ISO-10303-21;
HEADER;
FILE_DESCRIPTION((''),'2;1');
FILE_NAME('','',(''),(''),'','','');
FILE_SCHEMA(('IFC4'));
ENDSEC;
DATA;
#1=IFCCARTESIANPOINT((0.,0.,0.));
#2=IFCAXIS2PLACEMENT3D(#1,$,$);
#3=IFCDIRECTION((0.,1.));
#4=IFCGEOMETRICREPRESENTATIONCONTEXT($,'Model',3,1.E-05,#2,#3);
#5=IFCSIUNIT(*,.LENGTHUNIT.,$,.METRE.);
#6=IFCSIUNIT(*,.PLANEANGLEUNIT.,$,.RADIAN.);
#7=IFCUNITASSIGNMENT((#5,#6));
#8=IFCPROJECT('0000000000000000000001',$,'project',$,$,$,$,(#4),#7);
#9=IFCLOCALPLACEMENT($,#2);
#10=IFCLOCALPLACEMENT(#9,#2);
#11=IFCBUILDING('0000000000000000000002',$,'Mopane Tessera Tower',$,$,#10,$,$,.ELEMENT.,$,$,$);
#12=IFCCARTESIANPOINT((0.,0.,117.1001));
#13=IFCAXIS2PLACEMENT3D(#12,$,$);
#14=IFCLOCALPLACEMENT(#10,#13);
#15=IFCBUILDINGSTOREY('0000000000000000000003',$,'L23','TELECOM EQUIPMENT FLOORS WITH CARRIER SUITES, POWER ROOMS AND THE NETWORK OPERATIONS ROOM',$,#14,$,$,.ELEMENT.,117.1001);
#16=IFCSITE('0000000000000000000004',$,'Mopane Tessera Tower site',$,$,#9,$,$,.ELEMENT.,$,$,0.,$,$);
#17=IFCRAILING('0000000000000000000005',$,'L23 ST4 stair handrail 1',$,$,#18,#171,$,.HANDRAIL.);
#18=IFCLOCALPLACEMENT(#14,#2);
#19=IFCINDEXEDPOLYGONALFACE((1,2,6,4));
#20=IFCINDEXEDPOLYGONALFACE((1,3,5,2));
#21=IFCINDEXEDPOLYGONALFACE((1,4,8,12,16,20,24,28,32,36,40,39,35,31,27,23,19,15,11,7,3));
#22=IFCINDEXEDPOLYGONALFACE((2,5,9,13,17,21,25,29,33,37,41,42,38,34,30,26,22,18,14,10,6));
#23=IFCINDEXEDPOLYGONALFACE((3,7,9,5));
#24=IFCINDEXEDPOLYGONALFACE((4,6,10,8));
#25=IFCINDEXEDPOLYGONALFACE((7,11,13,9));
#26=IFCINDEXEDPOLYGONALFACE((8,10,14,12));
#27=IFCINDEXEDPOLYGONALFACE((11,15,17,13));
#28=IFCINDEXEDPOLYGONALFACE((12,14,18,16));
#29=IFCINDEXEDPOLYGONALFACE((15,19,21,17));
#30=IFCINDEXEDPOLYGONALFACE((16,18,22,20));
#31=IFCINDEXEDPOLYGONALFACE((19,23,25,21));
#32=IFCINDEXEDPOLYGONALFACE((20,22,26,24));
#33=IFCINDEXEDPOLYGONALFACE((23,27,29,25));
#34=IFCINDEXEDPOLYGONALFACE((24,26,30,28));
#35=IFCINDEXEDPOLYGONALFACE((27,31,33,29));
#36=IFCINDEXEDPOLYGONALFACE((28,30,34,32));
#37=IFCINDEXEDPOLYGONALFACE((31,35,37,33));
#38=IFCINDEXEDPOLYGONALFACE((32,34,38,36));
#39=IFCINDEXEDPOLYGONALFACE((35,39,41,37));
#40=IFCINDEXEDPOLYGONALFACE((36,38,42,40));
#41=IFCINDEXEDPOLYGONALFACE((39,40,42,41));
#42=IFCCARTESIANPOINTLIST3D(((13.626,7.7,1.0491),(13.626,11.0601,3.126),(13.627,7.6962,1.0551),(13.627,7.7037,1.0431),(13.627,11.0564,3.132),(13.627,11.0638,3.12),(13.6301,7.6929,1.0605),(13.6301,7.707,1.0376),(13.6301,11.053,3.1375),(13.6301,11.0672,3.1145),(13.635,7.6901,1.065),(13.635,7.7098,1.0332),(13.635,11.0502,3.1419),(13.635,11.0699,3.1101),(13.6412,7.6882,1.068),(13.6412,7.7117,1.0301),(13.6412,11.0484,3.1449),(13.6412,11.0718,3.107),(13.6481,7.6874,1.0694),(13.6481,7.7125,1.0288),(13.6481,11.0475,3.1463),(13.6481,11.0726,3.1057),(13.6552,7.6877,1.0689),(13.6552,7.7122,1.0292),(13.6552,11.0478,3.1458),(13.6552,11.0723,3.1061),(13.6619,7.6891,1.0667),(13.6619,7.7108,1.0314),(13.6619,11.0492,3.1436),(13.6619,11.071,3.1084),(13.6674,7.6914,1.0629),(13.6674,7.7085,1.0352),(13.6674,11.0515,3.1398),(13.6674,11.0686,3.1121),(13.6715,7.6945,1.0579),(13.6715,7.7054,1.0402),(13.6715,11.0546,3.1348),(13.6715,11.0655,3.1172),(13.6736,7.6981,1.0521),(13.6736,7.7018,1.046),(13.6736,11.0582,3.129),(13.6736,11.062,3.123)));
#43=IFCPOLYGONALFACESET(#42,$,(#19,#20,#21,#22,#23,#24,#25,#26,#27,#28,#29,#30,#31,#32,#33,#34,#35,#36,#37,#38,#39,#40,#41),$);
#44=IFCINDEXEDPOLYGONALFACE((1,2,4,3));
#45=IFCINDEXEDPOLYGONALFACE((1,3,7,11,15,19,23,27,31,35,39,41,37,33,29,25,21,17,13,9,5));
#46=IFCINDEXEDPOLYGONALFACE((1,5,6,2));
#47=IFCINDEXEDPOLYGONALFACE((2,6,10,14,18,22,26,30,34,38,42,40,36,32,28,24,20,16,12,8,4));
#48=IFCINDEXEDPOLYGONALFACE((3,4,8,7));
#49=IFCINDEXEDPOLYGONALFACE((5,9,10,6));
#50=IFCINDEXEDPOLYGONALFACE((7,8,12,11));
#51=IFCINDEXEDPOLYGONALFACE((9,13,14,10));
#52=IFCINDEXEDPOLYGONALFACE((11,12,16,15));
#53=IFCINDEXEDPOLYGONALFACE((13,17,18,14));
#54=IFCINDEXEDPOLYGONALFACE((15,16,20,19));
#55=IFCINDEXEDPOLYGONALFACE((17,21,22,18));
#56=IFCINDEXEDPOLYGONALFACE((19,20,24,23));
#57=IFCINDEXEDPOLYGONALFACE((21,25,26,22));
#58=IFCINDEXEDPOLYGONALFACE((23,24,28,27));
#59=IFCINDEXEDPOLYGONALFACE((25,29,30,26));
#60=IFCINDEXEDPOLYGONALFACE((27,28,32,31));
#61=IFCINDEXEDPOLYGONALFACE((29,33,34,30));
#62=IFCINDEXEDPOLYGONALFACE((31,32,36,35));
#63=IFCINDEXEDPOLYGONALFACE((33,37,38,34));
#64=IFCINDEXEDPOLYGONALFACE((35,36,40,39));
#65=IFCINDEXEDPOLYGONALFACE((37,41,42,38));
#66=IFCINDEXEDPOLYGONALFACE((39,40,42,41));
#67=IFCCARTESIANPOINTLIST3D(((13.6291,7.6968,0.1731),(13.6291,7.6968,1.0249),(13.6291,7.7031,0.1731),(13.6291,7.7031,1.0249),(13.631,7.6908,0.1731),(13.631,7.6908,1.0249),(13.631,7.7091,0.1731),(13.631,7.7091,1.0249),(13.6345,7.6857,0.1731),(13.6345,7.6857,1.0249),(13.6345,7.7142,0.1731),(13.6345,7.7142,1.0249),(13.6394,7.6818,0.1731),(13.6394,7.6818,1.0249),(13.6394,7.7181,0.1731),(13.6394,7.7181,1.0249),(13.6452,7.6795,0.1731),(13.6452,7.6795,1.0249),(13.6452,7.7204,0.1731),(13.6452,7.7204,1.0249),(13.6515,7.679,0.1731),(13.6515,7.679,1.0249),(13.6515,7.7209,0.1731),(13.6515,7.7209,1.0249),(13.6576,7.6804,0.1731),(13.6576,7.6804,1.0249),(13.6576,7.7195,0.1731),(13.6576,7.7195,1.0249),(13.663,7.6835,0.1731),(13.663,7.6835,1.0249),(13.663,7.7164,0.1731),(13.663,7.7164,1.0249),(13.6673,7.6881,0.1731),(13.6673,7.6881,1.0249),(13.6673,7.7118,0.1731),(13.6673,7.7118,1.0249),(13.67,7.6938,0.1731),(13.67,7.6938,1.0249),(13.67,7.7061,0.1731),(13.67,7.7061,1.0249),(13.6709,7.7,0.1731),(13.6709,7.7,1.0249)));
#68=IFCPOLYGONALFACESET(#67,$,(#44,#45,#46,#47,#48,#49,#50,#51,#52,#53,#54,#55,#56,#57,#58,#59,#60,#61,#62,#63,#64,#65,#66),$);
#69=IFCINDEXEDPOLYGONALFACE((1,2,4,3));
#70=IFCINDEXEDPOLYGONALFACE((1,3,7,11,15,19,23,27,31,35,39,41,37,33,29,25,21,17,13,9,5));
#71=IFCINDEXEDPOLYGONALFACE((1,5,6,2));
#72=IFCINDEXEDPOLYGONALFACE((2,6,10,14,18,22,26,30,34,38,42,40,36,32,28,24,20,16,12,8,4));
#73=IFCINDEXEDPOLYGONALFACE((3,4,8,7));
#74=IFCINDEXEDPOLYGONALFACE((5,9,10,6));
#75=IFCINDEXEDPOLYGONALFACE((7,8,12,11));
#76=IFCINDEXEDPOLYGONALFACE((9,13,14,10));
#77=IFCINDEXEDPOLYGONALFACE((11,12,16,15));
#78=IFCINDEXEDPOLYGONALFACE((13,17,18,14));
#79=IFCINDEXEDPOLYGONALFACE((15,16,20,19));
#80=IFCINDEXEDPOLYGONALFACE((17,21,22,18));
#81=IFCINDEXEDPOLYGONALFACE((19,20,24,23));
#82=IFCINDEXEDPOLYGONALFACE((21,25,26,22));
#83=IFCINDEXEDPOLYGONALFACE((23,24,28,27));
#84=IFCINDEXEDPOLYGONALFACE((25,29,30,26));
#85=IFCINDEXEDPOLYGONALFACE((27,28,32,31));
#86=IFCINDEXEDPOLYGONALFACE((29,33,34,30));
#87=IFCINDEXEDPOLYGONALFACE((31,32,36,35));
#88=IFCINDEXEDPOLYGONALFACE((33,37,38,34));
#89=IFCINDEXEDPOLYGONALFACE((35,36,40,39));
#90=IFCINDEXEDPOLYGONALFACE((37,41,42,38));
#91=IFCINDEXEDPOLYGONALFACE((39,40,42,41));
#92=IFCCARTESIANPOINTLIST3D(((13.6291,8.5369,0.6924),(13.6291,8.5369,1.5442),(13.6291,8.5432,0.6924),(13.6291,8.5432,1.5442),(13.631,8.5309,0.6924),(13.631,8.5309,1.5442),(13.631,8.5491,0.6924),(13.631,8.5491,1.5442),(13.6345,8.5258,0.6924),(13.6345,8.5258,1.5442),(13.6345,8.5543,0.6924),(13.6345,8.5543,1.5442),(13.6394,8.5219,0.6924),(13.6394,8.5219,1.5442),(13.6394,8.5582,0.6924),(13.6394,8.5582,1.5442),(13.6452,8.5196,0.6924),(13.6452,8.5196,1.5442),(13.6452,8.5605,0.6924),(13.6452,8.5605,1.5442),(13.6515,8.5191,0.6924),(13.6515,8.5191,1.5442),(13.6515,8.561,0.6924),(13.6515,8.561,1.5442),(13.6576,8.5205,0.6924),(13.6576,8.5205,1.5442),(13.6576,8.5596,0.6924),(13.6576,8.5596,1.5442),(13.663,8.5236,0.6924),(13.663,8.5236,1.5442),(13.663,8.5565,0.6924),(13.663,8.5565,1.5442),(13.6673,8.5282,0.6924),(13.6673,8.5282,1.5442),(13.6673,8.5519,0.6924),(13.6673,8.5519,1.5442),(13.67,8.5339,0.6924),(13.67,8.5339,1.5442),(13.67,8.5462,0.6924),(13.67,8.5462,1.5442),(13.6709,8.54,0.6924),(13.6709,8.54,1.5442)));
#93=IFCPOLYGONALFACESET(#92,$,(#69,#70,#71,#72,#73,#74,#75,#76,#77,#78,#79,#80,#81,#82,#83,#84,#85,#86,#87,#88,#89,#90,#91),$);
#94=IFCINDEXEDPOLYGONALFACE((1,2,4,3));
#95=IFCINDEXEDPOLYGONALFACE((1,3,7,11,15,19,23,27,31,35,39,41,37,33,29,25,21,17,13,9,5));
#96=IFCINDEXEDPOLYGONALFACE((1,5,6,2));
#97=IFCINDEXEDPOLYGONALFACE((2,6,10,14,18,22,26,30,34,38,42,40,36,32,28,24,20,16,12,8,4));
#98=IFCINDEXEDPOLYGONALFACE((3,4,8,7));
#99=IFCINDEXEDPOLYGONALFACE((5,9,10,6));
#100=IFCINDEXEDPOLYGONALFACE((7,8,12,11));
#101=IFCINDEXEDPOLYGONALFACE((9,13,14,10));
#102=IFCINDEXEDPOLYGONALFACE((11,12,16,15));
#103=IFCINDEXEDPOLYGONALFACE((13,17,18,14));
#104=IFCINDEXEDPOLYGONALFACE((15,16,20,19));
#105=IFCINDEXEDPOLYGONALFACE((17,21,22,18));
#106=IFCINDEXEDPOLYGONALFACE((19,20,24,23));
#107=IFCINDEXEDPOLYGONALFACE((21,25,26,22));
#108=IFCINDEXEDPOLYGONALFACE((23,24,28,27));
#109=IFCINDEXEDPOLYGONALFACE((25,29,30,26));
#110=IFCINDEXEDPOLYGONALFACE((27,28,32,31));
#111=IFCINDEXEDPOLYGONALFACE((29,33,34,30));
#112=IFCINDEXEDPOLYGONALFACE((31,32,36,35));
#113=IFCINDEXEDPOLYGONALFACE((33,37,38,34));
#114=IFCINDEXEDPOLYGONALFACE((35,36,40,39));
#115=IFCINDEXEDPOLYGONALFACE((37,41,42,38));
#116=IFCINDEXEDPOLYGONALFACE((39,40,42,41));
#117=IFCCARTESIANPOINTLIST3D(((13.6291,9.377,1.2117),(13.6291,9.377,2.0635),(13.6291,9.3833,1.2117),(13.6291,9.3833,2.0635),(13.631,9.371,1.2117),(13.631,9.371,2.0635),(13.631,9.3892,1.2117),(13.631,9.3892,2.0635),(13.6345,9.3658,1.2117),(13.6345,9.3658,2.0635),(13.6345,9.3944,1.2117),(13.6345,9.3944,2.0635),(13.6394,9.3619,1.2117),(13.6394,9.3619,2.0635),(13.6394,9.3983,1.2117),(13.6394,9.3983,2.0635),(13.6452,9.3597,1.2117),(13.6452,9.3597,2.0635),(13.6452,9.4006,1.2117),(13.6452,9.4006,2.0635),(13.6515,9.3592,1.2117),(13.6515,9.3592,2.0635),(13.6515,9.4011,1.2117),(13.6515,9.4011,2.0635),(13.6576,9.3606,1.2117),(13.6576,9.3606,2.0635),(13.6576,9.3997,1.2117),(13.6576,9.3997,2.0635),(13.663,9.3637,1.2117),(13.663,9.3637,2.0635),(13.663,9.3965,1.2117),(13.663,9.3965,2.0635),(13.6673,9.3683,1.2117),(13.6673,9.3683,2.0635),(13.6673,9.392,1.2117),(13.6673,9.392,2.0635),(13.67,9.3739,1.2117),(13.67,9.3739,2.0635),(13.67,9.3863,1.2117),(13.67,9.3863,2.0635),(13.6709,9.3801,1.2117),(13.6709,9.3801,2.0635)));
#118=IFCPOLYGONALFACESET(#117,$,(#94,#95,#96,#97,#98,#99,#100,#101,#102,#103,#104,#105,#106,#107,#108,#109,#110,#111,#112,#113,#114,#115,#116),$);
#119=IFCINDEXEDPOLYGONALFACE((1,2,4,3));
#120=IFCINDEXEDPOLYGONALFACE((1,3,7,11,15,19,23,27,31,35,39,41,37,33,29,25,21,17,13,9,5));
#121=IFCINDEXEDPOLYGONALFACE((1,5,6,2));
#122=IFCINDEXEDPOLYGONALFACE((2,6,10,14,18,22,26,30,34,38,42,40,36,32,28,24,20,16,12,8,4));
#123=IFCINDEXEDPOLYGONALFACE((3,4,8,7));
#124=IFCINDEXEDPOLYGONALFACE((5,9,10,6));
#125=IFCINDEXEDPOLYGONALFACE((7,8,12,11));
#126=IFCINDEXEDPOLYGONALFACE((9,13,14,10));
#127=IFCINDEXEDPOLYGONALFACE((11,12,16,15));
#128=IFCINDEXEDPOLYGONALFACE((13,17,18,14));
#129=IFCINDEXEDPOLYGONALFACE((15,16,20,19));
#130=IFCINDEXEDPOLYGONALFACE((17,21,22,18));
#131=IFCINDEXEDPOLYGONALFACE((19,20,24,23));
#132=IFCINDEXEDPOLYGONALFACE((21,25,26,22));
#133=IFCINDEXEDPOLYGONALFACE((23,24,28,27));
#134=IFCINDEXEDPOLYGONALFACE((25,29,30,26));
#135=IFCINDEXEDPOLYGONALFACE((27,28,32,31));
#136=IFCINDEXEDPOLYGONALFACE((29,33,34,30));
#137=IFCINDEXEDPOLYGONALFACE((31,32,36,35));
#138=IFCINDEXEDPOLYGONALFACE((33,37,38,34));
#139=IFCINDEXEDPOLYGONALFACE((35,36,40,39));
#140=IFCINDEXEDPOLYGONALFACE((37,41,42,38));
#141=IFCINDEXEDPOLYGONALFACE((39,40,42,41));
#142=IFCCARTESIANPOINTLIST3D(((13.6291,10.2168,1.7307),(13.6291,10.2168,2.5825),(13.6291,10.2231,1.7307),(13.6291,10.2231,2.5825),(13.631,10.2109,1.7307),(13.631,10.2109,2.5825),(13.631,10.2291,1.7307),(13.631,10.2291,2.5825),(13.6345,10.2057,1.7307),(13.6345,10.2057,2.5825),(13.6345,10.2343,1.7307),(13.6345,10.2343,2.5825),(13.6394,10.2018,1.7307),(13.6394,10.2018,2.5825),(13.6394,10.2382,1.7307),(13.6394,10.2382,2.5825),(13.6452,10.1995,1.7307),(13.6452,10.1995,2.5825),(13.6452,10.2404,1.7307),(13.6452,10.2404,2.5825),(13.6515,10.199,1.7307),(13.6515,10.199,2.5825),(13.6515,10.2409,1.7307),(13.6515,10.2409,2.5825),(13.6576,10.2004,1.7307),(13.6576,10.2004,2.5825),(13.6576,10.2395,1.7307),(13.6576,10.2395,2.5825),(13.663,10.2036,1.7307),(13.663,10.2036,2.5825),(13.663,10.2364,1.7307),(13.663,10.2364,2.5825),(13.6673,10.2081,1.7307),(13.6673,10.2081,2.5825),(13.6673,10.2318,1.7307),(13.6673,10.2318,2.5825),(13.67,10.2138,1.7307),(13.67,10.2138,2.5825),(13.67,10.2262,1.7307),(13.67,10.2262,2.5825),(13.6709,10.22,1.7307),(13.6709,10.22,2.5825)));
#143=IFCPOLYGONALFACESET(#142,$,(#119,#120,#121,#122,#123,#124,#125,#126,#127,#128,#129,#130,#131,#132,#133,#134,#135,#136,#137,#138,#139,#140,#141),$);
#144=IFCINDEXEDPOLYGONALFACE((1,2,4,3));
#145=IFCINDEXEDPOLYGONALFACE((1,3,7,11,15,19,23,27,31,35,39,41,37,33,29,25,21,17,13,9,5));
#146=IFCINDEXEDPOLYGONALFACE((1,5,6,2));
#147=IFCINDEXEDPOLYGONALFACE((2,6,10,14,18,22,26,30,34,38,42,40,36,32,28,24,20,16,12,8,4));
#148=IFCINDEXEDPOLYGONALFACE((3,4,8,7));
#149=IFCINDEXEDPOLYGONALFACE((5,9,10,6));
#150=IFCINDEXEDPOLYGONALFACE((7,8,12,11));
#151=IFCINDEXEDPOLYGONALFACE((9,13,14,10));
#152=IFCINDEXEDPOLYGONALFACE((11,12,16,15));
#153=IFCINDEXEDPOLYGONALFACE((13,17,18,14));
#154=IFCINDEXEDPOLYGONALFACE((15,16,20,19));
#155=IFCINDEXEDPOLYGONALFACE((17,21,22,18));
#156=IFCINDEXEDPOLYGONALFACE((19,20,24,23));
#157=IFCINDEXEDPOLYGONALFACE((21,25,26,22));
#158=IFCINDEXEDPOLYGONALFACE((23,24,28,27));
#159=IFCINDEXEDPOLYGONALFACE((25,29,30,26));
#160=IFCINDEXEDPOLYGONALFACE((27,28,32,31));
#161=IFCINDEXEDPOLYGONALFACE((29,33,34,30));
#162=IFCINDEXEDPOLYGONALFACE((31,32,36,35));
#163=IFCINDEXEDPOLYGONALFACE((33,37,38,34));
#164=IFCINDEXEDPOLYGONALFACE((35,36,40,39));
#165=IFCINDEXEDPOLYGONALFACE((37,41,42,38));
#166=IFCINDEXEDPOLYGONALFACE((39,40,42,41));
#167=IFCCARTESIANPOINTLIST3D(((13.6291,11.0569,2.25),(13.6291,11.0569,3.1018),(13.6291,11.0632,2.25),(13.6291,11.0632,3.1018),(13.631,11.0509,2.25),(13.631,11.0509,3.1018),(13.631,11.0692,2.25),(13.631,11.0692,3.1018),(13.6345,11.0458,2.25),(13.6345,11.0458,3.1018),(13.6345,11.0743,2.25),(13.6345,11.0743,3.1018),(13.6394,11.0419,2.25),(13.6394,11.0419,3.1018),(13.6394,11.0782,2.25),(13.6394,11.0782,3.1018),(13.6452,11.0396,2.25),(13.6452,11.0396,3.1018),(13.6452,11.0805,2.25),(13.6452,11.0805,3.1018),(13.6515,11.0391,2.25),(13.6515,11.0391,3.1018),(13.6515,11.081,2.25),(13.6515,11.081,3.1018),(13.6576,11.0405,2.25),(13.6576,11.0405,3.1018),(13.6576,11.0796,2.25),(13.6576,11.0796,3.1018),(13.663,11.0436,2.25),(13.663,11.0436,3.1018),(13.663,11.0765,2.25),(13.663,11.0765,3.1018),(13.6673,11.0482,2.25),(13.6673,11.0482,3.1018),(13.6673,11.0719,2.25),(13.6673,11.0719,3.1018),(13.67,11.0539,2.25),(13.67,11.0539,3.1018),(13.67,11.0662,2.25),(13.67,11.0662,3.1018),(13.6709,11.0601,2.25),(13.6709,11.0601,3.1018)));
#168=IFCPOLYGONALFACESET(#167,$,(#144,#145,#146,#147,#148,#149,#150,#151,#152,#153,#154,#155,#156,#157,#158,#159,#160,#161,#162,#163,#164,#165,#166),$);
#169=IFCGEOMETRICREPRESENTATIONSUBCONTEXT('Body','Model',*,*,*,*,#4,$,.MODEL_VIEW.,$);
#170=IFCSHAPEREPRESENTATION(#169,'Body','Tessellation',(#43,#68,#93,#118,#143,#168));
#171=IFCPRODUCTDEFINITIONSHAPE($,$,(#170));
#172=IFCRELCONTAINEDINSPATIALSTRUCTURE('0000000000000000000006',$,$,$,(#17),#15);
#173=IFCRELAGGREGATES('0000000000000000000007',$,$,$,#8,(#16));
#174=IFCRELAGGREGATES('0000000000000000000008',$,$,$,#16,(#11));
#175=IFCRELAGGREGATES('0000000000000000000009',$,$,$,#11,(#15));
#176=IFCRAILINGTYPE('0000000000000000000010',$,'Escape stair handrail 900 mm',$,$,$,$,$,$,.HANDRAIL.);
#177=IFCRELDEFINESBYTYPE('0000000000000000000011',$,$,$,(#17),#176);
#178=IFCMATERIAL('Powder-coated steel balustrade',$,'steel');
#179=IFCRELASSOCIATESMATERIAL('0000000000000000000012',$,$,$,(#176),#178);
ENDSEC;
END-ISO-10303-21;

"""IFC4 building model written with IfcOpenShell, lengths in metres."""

from ifc_helpers import new_model, si_unit, direction, frame, origin, origin_2d, place, context, subcontext, project, spatial, circle, extrude, material, type_object, element, save


model = new_model("IFC4")

# Units and contexts
model_context = context("Model", 3, precision=1e-05, world=origin(), true_north=direction((0.0, 1.0)))
body_context = subcontext(model_context, "Body", "Model", "MODEL_VIEW")
ifc_project = project(units=[si_unit("LENGTHUNIT", "METRE"), si_unit("PLANEANGLEUNIT", "RADIAN")], contexts=[model_context])

# Site, building, storey
site_placement = place(None, origin())
site = spatial("IfcSite", under=ifc_project, at=site_placement, Name="Mopane Tessera Tower site", CompositionType="ELEMENT", RefElevation=0.0)
building_placement = place(site_placement, origin())
building = spatial("IfcBuilding", under=site, at=building_placement, Name="Mopane Tessera Tower", CompositionType="ELEMENT")
storey_placement = place(building_placement, frame((0.0, 0.0, 117.1001)))
storey = spatial("IfcBuildingStorey", under=building, at=storey_placement, Name="L23", Description="TELECOM EQUIPMENT FLOORS WITH CARRIER SUITES, POWER ROOMS AND THE NETWORK OPERATIONS ROOM", CompositionType="ELEMENT", Elevation=117.1001)

# Railing
ifc_material_1 = material(Name="Powder-coated steel balustrade", Category="steel")
railing_type_1 = type_object("IfcRailingType", Name="Escape stair handrail 900 mm", PredefinedType="HANDRAIL", material=ifc_material_1)
railing_1_placement = place(storey_placement, frame((13.6499, 7.7, 0.1731)))
element("IfcRailing", 1, at=railing_1_placement, inside=storey, type_object=railing_type_1, Name="L23 ST4 stair handrail 1", PredefinedType="HANDRAIL", context=body_context, shape_type="SweptSolid", body=[
    extrude(circle(Radius=0.0239, at=origin_2d()), frame((0.0, 0.0, 0.876), z_axis=(0.0, 0.850623, 0.525776), x_axis=(-1.0, 0.0, 0.0)), (0.0, 0.0, 1.0), 3.9502),
    extrude(circle(Radius=0.021, at=origin_2d()), origin(), (0.0, 0.0, 1.0), 0.8518),
    extrude(circle(Radius=0.021, at=origin_2d()), frame((0.0, 0.8401, 0.5193)), (0.0, 0.0, 1.0), 0.8518),
    extrude(circle(Radius=0.021, at=origin_2d()), frame((0.0, 1.6802, 1.0386)), (0.0, 0.0, 1.0), 0.8518),
    extrude(circle(Radius=0.021, at=origin_2d()), frame((0.0, 2.52, 1.5576)), (0.0, 0.0, 1.0), 0.8518),
    extrude(circle(Radius=0.021, at=origin_2d()), frame((0.0, 3.3601, 2.0769)), (0.0, 0.0, 1.0), 0.8518),
])

save(model, "model.ifc")
